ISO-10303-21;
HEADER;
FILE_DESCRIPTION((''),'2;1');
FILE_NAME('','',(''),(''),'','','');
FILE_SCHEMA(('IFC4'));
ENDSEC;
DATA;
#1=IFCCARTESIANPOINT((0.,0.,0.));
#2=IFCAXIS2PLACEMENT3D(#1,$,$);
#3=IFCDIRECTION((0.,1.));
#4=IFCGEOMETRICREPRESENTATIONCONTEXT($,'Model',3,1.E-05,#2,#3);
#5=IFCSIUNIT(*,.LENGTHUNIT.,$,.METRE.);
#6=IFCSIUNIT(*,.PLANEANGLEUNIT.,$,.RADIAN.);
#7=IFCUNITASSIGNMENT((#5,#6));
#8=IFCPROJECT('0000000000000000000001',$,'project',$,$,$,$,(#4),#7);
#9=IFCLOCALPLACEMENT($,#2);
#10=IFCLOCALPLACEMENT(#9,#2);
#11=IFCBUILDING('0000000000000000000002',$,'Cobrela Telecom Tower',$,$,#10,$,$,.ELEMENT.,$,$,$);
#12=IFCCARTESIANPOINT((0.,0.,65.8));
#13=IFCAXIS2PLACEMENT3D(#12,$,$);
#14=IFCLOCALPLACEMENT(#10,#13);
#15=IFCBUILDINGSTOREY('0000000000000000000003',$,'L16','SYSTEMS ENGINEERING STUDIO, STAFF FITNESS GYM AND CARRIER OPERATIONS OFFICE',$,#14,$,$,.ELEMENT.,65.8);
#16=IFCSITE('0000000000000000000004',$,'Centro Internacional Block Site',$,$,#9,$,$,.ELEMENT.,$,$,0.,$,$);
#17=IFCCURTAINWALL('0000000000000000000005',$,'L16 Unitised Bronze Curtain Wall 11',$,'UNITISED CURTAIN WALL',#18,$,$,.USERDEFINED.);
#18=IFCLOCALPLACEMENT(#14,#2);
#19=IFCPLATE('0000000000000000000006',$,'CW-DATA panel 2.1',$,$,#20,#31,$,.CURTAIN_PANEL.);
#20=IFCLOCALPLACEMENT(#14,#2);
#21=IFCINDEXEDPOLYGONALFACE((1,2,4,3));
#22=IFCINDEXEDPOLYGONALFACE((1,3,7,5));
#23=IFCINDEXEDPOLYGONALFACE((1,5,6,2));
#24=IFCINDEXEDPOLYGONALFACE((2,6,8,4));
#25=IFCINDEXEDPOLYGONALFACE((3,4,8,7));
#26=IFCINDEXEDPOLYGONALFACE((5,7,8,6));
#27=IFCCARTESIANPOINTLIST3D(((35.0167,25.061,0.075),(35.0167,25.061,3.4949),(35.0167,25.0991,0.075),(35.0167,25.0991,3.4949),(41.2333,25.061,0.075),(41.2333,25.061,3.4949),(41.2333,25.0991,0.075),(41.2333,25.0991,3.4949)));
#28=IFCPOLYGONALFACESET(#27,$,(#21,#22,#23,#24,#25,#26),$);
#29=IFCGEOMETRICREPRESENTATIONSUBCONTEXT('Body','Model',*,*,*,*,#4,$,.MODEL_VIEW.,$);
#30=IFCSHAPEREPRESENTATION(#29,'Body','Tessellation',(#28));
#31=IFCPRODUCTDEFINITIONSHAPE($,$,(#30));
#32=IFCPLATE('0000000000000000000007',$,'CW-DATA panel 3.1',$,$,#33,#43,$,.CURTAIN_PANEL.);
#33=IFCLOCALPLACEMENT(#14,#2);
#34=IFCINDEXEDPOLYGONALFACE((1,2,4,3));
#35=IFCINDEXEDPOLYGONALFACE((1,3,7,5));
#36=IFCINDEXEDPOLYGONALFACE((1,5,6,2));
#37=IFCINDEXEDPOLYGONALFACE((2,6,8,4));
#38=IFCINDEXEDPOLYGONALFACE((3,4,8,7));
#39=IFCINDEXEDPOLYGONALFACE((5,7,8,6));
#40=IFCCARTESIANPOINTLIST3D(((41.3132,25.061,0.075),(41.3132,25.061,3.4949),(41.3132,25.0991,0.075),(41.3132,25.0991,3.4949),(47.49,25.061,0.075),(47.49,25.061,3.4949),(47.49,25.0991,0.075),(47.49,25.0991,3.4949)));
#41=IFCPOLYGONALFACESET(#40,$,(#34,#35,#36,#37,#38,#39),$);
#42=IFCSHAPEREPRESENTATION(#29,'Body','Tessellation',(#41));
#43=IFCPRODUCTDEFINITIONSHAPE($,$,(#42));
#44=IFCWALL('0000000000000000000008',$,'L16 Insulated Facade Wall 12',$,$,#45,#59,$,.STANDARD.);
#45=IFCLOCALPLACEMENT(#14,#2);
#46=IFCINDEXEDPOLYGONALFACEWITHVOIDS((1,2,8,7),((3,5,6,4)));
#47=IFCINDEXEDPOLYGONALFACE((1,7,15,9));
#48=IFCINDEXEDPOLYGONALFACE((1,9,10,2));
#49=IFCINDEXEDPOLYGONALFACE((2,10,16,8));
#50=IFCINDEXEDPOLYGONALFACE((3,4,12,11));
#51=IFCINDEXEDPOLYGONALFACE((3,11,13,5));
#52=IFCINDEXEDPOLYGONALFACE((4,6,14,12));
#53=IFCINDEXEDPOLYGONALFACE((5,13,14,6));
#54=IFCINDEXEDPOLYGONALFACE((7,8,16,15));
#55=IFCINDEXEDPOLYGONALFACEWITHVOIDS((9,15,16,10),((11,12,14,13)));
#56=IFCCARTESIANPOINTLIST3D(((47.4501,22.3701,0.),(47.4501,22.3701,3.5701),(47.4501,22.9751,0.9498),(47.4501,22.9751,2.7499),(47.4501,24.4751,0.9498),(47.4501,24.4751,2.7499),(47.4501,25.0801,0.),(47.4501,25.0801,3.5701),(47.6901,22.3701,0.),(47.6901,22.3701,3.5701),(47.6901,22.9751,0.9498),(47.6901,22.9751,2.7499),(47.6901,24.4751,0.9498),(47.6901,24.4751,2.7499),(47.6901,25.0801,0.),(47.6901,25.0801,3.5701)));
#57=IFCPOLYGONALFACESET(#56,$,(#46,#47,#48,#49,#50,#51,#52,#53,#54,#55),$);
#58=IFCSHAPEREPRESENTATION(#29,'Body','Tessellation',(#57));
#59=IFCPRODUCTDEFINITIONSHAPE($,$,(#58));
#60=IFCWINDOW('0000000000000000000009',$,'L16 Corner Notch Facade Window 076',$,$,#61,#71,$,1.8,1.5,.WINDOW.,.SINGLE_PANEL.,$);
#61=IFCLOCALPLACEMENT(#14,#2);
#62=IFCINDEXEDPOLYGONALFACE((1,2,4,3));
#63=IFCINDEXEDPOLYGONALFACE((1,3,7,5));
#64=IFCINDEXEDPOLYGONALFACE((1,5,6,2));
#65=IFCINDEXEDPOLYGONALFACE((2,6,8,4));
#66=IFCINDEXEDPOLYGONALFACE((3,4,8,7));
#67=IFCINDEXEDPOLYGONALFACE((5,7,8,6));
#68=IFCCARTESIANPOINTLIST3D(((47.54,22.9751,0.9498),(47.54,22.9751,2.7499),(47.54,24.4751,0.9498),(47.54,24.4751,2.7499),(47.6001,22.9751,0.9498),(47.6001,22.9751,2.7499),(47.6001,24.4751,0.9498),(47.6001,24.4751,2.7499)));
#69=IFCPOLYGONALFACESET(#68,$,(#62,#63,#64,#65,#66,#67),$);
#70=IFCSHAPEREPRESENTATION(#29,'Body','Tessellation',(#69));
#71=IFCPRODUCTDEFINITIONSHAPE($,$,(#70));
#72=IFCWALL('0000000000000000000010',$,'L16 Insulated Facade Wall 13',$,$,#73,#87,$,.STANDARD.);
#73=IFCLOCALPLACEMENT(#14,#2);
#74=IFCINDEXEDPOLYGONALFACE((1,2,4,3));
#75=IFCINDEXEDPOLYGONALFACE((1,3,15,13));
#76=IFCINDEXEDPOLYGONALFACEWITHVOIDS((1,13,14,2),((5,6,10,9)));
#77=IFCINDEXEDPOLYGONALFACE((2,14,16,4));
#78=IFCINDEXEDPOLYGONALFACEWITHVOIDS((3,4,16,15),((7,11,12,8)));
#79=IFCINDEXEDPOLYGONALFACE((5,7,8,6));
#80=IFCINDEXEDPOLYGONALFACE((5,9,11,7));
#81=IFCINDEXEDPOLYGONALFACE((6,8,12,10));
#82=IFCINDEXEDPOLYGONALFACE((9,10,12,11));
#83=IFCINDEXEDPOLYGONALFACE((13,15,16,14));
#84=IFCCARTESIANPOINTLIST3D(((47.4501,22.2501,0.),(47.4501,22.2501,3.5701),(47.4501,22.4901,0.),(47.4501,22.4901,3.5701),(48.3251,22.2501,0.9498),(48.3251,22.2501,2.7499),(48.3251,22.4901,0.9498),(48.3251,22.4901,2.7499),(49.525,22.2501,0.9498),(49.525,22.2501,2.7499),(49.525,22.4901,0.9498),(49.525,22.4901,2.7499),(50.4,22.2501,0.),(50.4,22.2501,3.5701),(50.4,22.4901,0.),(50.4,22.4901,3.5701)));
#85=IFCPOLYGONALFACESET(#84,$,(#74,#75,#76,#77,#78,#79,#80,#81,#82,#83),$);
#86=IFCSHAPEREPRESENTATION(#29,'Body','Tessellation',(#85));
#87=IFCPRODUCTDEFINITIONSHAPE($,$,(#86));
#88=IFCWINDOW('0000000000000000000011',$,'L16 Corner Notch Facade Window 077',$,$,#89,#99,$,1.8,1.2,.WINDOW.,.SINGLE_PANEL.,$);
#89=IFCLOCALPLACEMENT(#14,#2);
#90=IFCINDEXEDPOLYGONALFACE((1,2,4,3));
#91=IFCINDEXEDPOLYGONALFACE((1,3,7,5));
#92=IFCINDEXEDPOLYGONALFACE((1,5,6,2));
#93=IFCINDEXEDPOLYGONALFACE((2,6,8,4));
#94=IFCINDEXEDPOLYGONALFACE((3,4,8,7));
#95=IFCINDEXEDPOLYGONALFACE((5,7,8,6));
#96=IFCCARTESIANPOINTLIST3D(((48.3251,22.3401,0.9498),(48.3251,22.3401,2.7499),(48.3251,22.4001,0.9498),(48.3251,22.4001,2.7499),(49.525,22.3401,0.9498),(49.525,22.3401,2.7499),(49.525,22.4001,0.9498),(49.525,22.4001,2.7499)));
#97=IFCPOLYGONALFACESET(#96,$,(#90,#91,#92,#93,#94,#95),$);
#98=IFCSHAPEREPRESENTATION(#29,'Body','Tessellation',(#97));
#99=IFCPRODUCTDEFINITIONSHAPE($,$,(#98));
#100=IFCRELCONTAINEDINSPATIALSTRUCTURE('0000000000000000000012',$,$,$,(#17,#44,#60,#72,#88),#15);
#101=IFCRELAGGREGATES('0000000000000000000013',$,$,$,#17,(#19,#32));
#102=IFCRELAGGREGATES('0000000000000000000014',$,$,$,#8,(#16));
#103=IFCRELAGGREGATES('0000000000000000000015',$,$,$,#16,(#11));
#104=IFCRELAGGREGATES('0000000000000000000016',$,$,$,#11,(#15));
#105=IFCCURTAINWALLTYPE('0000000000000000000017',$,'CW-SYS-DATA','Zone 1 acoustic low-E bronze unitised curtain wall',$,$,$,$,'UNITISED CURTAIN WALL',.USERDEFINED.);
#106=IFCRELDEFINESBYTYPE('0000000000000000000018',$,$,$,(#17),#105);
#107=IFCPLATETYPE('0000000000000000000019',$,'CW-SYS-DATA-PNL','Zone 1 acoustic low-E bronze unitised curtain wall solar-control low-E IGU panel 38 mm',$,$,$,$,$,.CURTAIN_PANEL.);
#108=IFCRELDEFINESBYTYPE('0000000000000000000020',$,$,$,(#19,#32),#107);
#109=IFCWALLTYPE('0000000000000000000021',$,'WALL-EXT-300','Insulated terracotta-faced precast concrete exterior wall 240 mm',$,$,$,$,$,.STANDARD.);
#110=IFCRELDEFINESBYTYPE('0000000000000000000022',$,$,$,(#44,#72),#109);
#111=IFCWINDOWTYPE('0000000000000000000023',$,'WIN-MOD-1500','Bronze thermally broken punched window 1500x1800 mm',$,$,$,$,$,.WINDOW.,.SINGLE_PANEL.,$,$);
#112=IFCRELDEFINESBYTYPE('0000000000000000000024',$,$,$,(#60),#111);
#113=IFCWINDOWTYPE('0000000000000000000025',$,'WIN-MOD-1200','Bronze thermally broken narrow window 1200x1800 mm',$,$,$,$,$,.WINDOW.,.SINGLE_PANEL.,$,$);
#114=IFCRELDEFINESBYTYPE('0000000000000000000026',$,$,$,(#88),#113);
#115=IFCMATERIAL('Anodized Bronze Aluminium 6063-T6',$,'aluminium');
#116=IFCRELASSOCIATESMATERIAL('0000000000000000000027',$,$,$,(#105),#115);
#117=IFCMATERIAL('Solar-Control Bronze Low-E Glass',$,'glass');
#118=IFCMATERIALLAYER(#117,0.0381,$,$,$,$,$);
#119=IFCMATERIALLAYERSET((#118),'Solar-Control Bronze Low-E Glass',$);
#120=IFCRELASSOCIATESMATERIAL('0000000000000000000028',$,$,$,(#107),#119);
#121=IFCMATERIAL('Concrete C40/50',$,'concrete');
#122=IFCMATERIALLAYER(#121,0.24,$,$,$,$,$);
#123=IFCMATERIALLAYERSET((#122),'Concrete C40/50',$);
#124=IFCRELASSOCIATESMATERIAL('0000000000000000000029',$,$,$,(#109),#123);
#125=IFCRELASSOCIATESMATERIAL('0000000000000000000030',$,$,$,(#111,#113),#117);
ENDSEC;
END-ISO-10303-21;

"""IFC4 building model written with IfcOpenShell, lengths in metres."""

from ifc_helpers import new_model, si_unit, direction, frame, frame_2d, origin, origin_2d, place, context, subcontext, project, spatial, rectangle, extrude, material, layer, layer_set, type_object, element, fill, aggregate, save


model = new_model("IFC4")

# Units and contexts
model_context = context("Model", 3, precision=1e-05, world=origin(), true_north=direction((0.0, 1.0)))
body_context = subcontext(model_context, "Body", "Model", "MODEL_VIEW")
ifc_project = project(units=[si_unit("LENGTHUNIT", "METRE"), si_unit("PLANEANGLEUNIT", "RADIAN")], contexts=[model_context])

# Site, building, storey
site_placement = place(None, origin())
site = spatial("IfcSite", under=ifc_project, at=site_placement, Name="Centro Internacional Block Site", CompositionType="ELEMENT", RefElevation=0.0)
building_placement = place(site_placement, origin())
building = spatial("IfcBuilding", under=site, at=building_placement, Name="Cobrela Telecom Tower", CompositionType="ELEMENT")
storey_placement = place(building_placement, frame((0.0, 0.0, 65.8)))
storey = spatial("IfcBuildingStorey", under=building, at=storey_placement, Name="L16", Description="SYSTEMS ENGINEERING STUDIO, STAFF FITNESS GYM AND CARRIER OPERATIONS OFFICE", CompositionType="ELEMENT", Elevation=65.8)

# Shared definitions
ifc_material_1 = material(Name="Anodized Bronze Aluminium 6063-T6", Category="aluminium")
curtain_wall_type = type_object("IfcCurtainWallType", Name="CW-SYS-DATA", Description="Zone 1 acoustic low-E bronze unitised curtain wall", ElementType="UNITISED CURTAIN WALL", PredefinedType="USERDEFINED", material=ifc_material_1)

# Curtain wall
curtain_wall_1_placement = place(storey_placement, origin())
curtain_wall_1 = element("IfcCurtainWall", 1, at=curtain_wall_1_placement, inside=storey, type_object=curtain_wall_type, Name="L16 Unitised Bronze Curtain Wall 11", ObjectType="UNITISED CURTAIN WALL", PredefinedType="USERDEFINED")

# Plates
ifc_material_2 = material(Name="Solar-Control Bronze Low-E Glass", Category="glass")
ifc_layer_1 = layer(ifc_material_2, 0.0381)
ifc_layer_set_1 = layer_set([ifc_layer_1], Name="Solar-Control Bronze Low-E Glass")
plate_type = type_object("IfcPlateType", Name="CW-SYS-DATA-PNL", Description="Zone 1 acoustic low-E bronze unitised curtain wall solar-control low-E IGU panel 38 mm", PredefinedType="CURTAIN_PANEL", material=ifc_layer_set_1)
plate_1_placement = place(storey_placement, frame((38.125, 25.0801, 0.075), z_axis=(0.0, 0.0, 1.0), x_axis=(1.0, 0.0, 0.0)))
plate_1 = element("IfcPlate", 2, at=plate_1_placement, type_object=plate_type, Name="CW-DATA panel 2.1", PredefinedType="CURTAIN_PANEL", context=body_context, shape_type="SweptSolid", body=[
    extrude(rectangle(XDim=6.2166, YDim=0.0381, at=origin_2d()), origin(), (0.0, 0.0, 1.0), 3.4199),
])
plate_2_placement = place(storey_placement, frame((44.4016, 25.0801, 0.075), z_axis=(0.0, 0.0, 1.0), x_axis=(1.0, 0.0, 0.0)))
plate_2 = element("IfcPlate", 3, at=plate_2_placement, type_object=plate_type, Name="CW-DATA panel 3.1", PredefinedType="CURTAIN_PANEL", context=body_context, shape_type="SweptSolid", body=[
    extrude(rectangle(XDim=6.1768, YDim=0.0381, at=origin_2d()), origin(), (0.0, 0.0, 1.0), 3.4199),
])
aggregate(curtain_wall_1, [plate_1, plate_2])

# Walls, openings, windows
ifc_material_3 = material(Name="Concrete C40/50", Category="concrete")
ifc_layer_2 = layer(ifc_material_3, 0.24)
ifc_layer_set_2 = layer_set([ifc_layer_2], Name="Concrete C40/50")
wall_type = type_object("IfcWallType", Name="WALL-EXT-300", Description="Insulated terracotta-faced precast concrete exterior wall 240 mm", PredefinedType="STANDARD", material=ifc_layer_set_2)
wall_1_placement = place(storey_placement, frame((47.5701, 25.0801, 0.0), z_axis=(0.0, 0.0, 1.0), x_axis=(0.0, -1.0, 0.0)))
wall_1 = element("IfcWall", 4, at=wall_1_placement, inside=storey, type_object=wall_type, Name="L16 Insulated Facade Wall 12", PredefinedType="STANDARD", context=body_context, shape_type="SweptSolid", body=[
    extrude(rectangle(XDim=2.71, YDim=0.24, at=frame_2d((1.355, 0.0))), origin(), (0.0, 0.0, 1.0), 3.5701),
])
opening_1_placement = place(wall_1_placement, frame((0.605, 0.0, 0.95)))
opening_1 = element("IfcOpeningElement", 5, at=opening_1_placement, cuts=wall_1, PredefinedType="OPENING", context=body_context, shape_type="SweptSolid", body=[
    extrude(rectangle(XDim=1.5, YDim=1.8, at=frame_2d((0.75, 0.8999))), frame((0.0, 0.1318, 0.0), z_axis=(0.0, -1.0, 0.0), x_axis=(1.0, 0.0, 0.0)), (0.0, 0.0, 1.0), 0.2639),
])
window_type_1 = type_object("IfcWindowType", Name="WIN-MOD-1500", Description="Bronze thermally broken punched window 1500x1800 mm", PartitioningType="SINGLE_PANEL", PredefinedType="WINDOW", material=ifc_material_2)
window_1_placement = place(opening_1_placement, origin())
window_1 = element("IfcWindow", 6, at=window_1_placement, inside=storey, type_object=window_type_1, Name="L16 Corner Notch Facade Window 076", OverallHeight=1.8, OverallWidth=1.5, PartitioningType="SINGLE_PANEL", PredefinedType="WINDOW", context=body_context, shape_type="SweptSolid", body=[
    extrude(rectangle(XDim=1.5, YDim=1.8, at=frame_2d((0.75, 0.8999))), frame((0.0, 0.03, 0.0), z_axis=(0.0, -1.0, 0.0), x_axis=(1.0, 0.0, 0.0)), (0.0, 0.0, 1.0), 0.0601),
])
fill(opening_1, window_1)
wall_2_placement = place(storey_placement, frame((47.45, 22.3701, 0.0), z_axis=(0.0, 0.0, 1.0), x_axis=(1.0, 0.0, 0.0)))
wall_2 = element("IfcWall", 7, at=wall_2_placement, inside=storey, type_object=wall_type, Name="L16 Insulated Facade Wall 13", PredefinedType="STANDARD", context=body_context, shape_type="SweptSolid", body=[
    extrude(rectangle(XDim=2.95, YDim=0.24, at=frame_2d((1.4751, 0.0))), origin(), (0.0, 0.0, 1.0), 3.5701),
])
opening_2_placement = place(wall_2_placement, frame((0.875, 0.0, 0.95)))
opening_2 = element("IfcOpeningElement", 8, at=opening_2_placement, cuts=wall_2, PredefinedType="OPENING", context=body_context, shape_type="SweptSolid", body=[
    extrude(rectangle(XDim=1.2, YDim=1.8, at=frame_2d((0.6001, 0.8999))), frame((0.0, 0.1318, 0.0), z_axis=(0.0, -1.0, 0.0), x_axis=(1.0, 0.0, 0.0)), (0.0, 0.0, 1.0), 0.2639),
])
window_type_2 = type_object("IfcWindowType", Name="WIN-MOD-1200", Description="Bronze thermally broken narrow window 1200x1800 mm", PartitioningType="SINGLE_PANEL", PredefinedType="WINDOW", material=ifc_material_2)
window_2_placement = place(opening_2_placement, origin())
window_2 = element("IfcWindow", 9, at=window_2_placement, inside=storey, type_object=window_type_2, Name="L16 Corner Notch Facade Window 077", OverallHeight=1.8, OverallWidth=1.2, PartitioningType="SINGLE_PANEL", PredefinedType="WINDOW", context=body_context, shape_type="SweptSolid", body=[
    extrude(rectangle(XDim=1.2, YDim=1.8, at=frame_2d((0.6001, 0.8999))), frame((0.0, 0.03, 0.0), z_axis=(0.0, -1.0, 0.0), x_axis=(1.0, 0.0, 0.0)), (0.0, 0.0, 1.0), 0.0601),
])
fill(opening_2, window_2)

save(model, "model.ifc")
